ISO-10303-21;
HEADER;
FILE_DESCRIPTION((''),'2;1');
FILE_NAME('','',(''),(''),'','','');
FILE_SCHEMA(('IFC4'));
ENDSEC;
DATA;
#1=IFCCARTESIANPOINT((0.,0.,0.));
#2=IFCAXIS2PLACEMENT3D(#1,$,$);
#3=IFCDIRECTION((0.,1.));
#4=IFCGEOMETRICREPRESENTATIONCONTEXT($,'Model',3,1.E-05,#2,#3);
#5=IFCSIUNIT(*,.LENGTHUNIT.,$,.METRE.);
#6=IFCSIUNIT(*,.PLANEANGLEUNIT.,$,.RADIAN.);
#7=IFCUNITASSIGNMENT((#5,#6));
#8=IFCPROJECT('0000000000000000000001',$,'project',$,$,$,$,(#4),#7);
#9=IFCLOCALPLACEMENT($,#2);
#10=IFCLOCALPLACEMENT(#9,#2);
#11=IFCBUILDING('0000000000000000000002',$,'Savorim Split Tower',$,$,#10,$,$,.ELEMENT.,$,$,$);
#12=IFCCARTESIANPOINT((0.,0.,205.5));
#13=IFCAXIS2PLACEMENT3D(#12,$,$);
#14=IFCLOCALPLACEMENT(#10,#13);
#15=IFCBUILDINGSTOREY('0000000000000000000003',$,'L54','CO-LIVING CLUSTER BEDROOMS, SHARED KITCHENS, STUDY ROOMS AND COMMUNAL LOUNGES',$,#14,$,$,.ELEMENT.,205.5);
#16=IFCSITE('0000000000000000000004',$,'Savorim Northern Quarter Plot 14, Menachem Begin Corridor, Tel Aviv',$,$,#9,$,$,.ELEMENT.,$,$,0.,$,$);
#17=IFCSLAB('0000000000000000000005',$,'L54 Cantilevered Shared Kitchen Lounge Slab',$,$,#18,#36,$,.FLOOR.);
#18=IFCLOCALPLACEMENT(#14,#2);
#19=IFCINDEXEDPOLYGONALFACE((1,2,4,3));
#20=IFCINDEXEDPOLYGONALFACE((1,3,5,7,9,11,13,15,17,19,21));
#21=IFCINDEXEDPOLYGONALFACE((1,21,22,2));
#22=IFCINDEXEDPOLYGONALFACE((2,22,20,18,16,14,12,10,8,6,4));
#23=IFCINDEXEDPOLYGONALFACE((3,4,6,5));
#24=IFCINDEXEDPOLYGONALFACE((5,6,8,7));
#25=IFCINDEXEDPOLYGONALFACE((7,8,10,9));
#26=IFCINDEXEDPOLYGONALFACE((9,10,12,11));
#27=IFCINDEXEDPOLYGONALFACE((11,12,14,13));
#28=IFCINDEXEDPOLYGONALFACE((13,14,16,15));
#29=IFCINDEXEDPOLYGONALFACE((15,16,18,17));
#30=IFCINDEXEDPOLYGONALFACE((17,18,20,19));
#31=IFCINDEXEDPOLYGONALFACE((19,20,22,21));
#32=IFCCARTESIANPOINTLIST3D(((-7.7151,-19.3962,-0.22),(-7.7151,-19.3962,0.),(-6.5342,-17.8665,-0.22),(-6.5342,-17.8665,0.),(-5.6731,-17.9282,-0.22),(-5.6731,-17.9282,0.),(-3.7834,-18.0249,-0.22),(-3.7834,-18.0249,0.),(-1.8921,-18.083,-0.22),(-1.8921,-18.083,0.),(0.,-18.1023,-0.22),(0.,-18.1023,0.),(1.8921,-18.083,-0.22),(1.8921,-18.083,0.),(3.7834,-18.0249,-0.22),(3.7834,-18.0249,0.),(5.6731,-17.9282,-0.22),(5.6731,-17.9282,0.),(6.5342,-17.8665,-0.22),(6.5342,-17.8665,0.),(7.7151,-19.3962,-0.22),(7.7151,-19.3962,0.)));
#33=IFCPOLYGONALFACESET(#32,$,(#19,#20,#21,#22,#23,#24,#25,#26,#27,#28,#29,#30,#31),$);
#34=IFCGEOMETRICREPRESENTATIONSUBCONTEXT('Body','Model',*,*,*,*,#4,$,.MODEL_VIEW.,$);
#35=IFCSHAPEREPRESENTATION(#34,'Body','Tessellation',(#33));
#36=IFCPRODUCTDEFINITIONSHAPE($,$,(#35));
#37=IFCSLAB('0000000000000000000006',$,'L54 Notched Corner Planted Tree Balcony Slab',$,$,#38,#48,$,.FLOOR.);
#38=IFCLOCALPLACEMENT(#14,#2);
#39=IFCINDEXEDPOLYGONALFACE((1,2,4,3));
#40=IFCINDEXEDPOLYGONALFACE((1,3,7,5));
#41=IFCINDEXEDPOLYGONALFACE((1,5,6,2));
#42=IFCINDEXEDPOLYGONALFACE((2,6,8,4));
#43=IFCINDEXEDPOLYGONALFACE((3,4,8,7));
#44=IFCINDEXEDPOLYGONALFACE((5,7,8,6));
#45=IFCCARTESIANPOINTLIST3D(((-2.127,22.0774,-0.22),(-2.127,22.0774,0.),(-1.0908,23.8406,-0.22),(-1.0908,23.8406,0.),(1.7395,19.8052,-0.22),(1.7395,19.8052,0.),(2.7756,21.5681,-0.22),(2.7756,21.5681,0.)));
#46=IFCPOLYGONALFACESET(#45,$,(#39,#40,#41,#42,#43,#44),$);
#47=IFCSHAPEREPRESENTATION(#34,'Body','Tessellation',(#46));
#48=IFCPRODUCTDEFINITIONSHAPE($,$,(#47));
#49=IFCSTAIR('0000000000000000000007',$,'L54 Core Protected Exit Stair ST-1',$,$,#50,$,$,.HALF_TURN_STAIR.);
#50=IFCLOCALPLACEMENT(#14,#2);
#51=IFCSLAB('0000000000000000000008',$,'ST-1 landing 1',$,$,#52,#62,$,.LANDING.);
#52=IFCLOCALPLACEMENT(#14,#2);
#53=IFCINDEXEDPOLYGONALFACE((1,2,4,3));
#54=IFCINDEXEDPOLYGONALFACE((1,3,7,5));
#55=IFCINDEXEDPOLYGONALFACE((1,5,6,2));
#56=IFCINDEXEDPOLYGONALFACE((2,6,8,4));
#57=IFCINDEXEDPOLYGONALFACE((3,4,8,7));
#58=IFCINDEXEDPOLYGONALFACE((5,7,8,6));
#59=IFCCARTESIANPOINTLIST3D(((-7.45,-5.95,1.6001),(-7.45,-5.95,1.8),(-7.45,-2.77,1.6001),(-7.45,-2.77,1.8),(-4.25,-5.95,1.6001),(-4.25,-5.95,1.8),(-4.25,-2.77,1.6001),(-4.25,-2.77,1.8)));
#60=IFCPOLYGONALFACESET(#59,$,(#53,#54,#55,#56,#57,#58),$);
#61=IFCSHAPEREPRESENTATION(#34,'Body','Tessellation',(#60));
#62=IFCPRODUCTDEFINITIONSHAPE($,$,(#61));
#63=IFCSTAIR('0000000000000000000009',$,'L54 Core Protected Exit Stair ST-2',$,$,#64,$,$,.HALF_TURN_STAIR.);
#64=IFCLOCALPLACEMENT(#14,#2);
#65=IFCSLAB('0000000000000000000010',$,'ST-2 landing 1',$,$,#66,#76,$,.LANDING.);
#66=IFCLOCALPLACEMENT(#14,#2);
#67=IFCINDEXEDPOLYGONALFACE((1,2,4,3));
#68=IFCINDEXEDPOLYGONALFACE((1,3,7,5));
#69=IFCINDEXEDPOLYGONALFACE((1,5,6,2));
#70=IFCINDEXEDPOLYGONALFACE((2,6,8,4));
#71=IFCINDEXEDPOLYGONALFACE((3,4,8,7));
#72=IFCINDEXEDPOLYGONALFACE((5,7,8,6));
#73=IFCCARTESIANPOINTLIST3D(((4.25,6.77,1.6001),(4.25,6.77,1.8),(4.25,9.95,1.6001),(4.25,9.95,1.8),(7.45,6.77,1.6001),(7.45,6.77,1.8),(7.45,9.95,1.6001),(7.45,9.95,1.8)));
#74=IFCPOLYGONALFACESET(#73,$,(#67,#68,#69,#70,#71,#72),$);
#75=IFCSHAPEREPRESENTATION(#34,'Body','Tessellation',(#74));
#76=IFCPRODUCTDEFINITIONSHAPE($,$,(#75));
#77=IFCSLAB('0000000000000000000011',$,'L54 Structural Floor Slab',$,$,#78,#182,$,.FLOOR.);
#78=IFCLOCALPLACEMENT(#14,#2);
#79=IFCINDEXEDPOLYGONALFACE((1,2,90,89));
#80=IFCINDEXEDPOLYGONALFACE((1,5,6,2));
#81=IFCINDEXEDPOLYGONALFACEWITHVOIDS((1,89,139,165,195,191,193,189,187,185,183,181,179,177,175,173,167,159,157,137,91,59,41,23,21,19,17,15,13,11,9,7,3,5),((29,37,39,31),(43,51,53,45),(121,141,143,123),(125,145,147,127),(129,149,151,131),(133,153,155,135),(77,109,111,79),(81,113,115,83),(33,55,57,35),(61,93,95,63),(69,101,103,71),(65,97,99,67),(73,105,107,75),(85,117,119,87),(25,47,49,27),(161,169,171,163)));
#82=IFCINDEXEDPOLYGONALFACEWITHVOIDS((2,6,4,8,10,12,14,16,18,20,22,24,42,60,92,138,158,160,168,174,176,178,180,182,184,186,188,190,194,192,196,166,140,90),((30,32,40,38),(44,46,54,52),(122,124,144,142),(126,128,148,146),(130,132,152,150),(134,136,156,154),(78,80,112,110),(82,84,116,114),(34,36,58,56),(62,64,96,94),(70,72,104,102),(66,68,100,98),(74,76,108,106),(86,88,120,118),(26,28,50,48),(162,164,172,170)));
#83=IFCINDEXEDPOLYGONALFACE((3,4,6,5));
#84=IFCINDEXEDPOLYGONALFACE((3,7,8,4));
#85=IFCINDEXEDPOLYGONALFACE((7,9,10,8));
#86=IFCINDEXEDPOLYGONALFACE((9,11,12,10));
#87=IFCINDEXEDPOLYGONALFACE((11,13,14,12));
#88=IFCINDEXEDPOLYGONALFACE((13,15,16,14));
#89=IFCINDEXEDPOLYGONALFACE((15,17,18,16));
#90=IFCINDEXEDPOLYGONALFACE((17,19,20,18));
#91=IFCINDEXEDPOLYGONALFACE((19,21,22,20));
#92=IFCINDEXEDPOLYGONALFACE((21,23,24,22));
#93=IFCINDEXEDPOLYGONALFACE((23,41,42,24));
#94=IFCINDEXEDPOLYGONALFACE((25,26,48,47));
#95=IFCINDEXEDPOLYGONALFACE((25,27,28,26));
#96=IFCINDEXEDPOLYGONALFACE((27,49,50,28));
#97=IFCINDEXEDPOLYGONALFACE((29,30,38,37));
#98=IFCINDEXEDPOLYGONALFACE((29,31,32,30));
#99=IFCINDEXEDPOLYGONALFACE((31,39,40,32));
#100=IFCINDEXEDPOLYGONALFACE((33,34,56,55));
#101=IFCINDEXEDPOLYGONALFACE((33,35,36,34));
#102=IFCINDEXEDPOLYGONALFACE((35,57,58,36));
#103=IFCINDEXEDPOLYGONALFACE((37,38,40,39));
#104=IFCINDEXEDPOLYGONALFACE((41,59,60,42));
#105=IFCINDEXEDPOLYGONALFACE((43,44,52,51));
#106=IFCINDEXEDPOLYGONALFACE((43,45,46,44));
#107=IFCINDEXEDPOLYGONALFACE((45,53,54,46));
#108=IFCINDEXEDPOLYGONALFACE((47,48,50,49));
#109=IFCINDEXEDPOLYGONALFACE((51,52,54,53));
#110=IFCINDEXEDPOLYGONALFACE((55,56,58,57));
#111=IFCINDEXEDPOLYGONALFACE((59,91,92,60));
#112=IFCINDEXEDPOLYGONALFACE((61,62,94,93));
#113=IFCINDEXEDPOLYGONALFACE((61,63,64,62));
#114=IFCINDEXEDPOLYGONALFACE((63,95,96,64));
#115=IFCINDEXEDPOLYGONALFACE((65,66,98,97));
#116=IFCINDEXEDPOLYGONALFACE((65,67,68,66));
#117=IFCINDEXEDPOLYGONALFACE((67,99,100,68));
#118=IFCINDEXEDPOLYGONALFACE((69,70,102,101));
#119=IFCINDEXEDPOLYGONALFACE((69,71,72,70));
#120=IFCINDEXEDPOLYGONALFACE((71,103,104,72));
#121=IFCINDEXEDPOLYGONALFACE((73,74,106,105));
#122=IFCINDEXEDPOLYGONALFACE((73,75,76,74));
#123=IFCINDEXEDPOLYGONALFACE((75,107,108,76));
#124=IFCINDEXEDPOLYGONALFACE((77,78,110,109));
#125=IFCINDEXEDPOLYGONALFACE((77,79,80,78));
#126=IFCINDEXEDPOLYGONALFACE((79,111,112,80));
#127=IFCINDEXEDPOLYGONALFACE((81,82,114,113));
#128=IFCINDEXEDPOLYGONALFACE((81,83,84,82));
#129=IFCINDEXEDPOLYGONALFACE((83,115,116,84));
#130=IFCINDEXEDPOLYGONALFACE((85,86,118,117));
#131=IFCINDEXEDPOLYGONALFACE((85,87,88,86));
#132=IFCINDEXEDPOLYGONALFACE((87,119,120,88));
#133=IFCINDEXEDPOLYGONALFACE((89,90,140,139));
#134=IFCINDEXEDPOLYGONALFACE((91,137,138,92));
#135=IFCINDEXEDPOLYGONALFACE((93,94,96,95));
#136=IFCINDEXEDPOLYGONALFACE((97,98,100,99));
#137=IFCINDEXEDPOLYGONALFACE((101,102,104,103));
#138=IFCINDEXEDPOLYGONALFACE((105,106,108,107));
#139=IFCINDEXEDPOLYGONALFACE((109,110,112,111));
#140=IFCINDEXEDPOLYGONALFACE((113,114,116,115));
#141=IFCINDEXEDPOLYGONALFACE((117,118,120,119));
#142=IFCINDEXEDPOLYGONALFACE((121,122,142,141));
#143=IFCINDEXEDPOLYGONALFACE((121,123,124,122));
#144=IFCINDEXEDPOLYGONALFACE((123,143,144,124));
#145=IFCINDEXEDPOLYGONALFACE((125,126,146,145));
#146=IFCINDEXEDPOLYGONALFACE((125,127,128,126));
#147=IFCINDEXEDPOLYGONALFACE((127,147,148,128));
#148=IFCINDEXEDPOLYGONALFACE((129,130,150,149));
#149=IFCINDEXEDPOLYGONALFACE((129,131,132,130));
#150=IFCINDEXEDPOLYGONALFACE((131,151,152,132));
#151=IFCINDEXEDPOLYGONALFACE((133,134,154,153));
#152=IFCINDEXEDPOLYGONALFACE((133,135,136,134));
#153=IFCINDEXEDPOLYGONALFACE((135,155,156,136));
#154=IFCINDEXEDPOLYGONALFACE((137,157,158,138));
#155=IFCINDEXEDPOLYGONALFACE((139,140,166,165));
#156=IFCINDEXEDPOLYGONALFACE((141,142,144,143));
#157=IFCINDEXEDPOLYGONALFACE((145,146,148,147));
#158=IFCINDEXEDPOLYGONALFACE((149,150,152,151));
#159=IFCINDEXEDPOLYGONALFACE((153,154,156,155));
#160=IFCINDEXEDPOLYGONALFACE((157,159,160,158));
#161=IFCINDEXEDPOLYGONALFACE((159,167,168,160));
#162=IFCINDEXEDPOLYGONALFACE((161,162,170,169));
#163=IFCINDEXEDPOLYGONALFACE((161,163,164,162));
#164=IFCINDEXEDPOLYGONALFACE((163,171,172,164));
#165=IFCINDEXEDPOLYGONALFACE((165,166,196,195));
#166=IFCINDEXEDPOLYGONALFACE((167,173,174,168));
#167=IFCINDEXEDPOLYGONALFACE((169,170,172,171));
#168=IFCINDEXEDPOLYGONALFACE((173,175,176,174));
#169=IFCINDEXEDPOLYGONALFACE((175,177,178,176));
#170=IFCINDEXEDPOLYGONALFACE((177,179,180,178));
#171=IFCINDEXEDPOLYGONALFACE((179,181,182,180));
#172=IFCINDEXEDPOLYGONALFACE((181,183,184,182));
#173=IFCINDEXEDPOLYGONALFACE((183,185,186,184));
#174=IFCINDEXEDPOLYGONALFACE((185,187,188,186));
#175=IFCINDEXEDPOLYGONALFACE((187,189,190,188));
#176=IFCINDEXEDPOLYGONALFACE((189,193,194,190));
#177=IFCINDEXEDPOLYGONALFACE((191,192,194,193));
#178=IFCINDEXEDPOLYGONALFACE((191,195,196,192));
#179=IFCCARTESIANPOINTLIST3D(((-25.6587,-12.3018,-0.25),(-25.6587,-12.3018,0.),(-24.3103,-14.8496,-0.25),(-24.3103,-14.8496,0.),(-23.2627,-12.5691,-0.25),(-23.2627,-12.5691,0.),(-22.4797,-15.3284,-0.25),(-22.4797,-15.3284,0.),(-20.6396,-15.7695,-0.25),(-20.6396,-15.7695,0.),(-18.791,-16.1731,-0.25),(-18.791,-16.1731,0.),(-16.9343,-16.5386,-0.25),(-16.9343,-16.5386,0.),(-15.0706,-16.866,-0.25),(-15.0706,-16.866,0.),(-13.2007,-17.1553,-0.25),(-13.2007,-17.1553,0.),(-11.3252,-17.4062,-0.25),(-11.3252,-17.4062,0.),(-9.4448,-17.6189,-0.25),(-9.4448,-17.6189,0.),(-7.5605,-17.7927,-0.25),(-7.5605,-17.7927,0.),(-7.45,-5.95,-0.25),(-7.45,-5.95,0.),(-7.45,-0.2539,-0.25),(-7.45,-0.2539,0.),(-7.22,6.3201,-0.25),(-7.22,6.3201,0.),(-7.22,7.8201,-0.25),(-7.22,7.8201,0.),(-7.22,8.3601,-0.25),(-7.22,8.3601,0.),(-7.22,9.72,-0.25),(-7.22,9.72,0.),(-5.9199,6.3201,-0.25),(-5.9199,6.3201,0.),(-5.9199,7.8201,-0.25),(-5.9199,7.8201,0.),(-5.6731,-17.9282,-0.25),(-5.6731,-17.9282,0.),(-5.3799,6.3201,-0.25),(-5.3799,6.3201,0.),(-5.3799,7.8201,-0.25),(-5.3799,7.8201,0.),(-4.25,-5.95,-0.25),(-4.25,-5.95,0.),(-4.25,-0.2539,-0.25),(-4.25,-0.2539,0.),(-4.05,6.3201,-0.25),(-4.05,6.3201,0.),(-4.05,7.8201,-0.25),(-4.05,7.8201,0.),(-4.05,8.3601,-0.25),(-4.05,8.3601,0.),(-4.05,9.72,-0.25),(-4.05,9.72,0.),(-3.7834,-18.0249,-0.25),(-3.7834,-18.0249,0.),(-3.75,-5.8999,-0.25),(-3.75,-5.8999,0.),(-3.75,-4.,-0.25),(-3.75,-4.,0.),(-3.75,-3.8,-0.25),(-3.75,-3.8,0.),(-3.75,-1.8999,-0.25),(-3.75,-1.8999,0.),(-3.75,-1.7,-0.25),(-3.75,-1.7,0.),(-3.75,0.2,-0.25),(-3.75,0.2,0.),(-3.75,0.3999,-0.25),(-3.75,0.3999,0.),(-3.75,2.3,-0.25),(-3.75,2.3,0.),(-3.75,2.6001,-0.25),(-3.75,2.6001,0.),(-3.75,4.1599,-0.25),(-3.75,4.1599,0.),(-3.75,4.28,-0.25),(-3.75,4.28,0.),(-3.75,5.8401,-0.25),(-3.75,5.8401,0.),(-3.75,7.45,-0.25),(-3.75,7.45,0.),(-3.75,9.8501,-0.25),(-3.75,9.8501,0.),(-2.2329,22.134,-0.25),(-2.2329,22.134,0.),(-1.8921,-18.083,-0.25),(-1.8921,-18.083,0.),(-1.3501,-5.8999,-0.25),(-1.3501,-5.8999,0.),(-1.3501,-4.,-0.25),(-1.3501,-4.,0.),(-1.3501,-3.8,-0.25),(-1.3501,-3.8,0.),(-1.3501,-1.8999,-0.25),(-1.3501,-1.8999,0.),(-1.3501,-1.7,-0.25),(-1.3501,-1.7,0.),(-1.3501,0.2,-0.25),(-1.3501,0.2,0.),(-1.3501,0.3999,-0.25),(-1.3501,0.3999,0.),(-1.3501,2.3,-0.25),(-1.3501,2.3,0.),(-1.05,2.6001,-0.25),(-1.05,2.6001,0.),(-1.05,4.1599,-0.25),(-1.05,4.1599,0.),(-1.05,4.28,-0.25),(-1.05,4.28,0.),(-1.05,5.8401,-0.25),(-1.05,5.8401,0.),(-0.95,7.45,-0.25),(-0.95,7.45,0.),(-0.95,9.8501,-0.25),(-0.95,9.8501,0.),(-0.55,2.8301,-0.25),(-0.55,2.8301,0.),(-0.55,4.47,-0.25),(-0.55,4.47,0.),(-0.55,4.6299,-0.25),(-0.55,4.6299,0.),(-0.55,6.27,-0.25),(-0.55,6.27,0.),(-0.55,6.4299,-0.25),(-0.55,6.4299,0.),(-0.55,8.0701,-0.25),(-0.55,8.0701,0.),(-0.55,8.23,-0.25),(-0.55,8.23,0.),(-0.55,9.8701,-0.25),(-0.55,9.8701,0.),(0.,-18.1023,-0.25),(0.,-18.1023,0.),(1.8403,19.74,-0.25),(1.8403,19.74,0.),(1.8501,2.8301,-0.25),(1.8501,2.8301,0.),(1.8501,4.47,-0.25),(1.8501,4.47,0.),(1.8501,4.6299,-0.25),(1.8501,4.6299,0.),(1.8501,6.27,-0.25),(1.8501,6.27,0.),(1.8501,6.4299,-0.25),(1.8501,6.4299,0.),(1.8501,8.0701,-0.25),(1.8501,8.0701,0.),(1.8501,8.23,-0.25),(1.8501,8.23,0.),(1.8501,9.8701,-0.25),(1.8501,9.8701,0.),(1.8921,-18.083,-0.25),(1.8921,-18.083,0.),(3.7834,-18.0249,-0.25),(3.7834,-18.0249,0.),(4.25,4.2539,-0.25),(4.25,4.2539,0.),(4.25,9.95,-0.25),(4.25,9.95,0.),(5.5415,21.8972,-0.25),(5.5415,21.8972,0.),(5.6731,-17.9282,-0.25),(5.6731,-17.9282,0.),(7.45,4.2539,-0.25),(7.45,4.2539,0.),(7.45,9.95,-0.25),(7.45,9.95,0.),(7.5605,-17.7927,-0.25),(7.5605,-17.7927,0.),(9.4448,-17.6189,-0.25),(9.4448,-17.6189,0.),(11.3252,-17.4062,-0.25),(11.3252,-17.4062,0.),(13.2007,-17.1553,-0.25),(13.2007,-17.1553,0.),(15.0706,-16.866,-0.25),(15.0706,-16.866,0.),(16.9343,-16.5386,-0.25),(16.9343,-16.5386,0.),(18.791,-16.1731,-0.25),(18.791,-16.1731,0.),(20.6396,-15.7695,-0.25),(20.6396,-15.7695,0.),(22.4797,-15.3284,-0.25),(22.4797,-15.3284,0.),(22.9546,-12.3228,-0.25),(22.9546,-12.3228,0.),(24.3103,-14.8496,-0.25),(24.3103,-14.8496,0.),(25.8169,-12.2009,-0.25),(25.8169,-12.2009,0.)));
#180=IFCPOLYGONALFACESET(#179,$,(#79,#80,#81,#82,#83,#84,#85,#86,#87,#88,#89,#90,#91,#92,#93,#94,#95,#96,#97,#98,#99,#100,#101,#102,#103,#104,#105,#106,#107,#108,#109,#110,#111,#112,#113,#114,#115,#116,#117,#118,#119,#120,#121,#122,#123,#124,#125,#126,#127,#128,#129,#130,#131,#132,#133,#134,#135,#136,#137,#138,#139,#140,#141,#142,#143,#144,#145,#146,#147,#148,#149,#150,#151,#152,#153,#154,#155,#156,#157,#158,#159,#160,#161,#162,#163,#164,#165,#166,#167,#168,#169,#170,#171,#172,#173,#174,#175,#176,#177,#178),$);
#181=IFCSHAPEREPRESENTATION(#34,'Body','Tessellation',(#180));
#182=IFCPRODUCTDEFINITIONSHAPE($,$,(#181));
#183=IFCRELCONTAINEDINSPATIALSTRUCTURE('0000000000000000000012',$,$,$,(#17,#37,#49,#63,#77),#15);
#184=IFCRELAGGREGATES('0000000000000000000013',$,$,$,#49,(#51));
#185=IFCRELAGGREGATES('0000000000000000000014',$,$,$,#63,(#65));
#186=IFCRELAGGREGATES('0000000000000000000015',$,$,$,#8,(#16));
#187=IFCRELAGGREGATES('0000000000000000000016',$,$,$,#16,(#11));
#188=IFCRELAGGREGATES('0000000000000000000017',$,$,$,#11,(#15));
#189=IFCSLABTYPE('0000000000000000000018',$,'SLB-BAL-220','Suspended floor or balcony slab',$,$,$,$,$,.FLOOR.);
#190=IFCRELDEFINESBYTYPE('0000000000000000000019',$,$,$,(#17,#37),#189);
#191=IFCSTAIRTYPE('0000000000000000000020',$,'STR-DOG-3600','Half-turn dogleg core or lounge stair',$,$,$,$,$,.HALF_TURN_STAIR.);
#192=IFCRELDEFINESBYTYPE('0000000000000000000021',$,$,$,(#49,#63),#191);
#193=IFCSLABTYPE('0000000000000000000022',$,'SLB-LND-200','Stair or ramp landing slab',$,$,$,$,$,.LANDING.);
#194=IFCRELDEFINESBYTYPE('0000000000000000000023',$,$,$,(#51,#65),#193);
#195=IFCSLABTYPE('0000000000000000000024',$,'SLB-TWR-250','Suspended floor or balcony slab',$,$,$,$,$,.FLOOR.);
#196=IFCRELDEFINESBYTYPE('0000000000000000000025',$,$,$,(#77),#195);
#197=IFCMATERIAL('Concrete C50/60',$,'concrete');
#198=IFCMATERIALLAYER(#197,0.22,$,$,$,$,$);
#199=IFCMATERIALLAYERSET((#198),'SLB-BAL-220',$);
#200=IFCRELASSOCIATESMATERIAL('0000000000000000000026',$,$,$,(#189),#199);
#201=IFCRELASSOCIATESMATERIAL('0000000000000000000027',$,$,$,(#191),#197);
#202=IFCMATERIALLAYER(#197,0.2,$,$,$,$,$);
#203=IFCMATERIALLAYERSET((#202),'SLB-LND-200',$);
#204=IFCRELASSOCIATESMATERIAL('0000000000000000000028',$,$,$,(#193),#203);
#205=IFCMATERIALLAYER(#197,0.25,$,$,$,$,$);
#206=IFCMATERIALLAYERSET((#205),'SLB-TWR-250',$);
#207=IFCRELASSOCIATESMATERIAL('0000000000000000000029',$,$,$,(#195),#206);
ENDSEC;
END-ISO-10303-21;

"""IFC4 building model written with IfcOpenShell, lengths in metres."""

from ifc_helpers import new_model, si_unit, direction, frame, origin, place, context, subcontext, project, spatial, polyline, outline, extrude, material, layer, layer_set, type_object, element, aggregate, save


model = new_model("IFC4")

# Units and contexts
model_context = context("Model", 3, precision=1e-05, world=origin(), true_north=direction((0.0, 1.0)))
body_context = subcontext(model_context, "Body", "Model", "MODEL_VIEW")
ifc_project = project(units=[si_unit("LENGTHUNIT", "METRE"), si_unit("PLANEANGLEUNIT", "RADIAN")], contexts=[model_context])

# Site, building, storey
site_placement = place(None, origin())
site = spatial("IfcSite", under=ifc_project, at=site_placement, Name="Savorim Northern Quarter Plot 14, Menachem Begin Corridor, Tel Aviv", CompositionType="ELEMENT", RefElevation=0.0)
building_placement = place(site_placement, origin())
building = spatial("IfcBuilding", under=site, at=building_placement, Name="Savorim Split Tower", CompositionType="ELEMENT")
storey_placement = place(building_placement, frame((0.0, 0.0, 205.5)))
storey = spatial("IfcBuildingStorey", under=building, at=storey_placement, Name="L54", Description="CO-LIVING CLUSTER BEDROOMS, SHARED KITCHENS, STUDY ROOMS AND COMMUNAL LOUNGES", CompositionType="ELEMENT", Elevation=205.5)

# Slabs
ifc_material_1 = material(Name="Concrete C50/60", Category="concrete")
ifc_layer_1 = layer(ifc_material_1, 0.22)
ifc_layer_set_1 = layer_set([ifc_layer_1], Name="SLB-BAL-220")
slab_type_1 = type_object("IfcSlabType", Name="SLB-BAL-220", Description="Suspended floor or balcony slab", PredefinedType="FLOOR", material=ifc_layer_set_1)
slab_1_placement = place(storey_placement, frame((0.0, 0.0, -0.22)))
element("IfcSlab", 1, at=slab_1_placement, inside=storey, type_object=slab_type_1, Name="L54 Cantilevered Shared Kitchen Lounge Slab", PredefinedType="FLOOR", context=body_context, shape_type="SweptSolid", body=[
    extrude(outline(polyline([(6.5342, -17.8665), (5.6731, -17.9282), (3.7834, -18.0249), (1.8921, -18.083), (0.0, -18.1023), (-1.8921, -18.083), (-3.7834, -18.0249), (-5.6731, -17.9282), (-6.5342, -17.8665), (-7.7151, -19.3962), (7.7151, -19.3962), (6.5342, -17.8665)])), origin(), (0.0, 0.0, 1.0), 0.22),
])
slab_2_placement = place(storey_placement, frame((0.0, 0.0, -0.22)))
element("IfcSlab", 2, at=slab_2_placement, inside=storey, type_object=slab_type_1, Name="L54 Notched Corner Planted Tree Balcony Slab", PredefinedType="FLOOR", context=body_context, shape_type="SweptSolid", body=[
    extrude(outline(polyline([(-2.127, 22.0774), (1.7395, 19.8052), (2.7756, 21.5681), (-1.0908, 23.8406), (-2.127, 22.0774)])), origin(), (0.0, 0.0, 1.0), 0.22),
])

# Stairs, slabs
stair_type = type_object("IfcStairType", Name="STR-DOG-3600", Description="Half-turn dogleg core or lounge stair", PredefinedType="HALF_TURN_STAIR", material=ifc_material_1)
stair_1_placement = place(storey_placement, origin())
stair_1 = element("IfcStair", 3, at=stair_1_placement, inside=storey, type_object=stair_type, Name="L54 Core Protected Exit Stair ST-1", PredefinedType="HALF_TURN_STAIR")
ifc_layer_2 = layer(ifc_material_1, 0.2)
ifc_layer_set_2 = layer_set([ifc_layer_2], Name="SLB-LND-200")
slab_type_2 = type_object("IfcSlabType", Name="SLB-LND-200", Description="Stair or ramp landing slab", PredefinedType="LANDING", material=ifc_layer_set_2)
slab_3_placement = place(storey_placement, frame((0.0, 0.0, 1.6001)))
slab_3 = element("IfcSlab", 4, at=slab_3_placement, type_object=slab_type_2, Name="ST-1 landing 1", PredefinedType="LANDING", context=body_context, shape_type="SweptSolid", body=[
    extrude(outline(polyline([(-7.45, -2.77), (-7.45, -5.95), (-4.25, -5.95), (-4.25, -2.77), (-7.45, -2.77)])), origin(), (0.0, 0.0, 1.0), 0.2),
])
aggregate(stair_1, [slab_3])
stair_2_placement = place(storey_placement, origin())
stair_2 = element("IfcStair", 5, at=stair_2_placement, inside=storey, type_object=stair_type, Name="L54 Core Protected Exit Stair ST-2", PredefinedType="HALF_TURN_STAIR")
slab_4_placement = place(storey_placement, frame((0.0, 0.0, 1.6001)))
slab_4 = element("IfcSlab", 6, at=slab_4_placement, type_object=slab_type_2, Name="ST-2 landing 1", PredefinedType="LANDING", context=body_context, shape_type="SweptSolid", body=[
    extrude(outline(polyline([(7.45, 6.77), (7.45, 9.95), (4.25, 9.95), (4.25, 6.77), (7.45, 6.77)])), origin(), (0.0, 0.0, 1.0), 0.2),
])
aggregate(stair_2, [slab_4])

# Slab
ifc_layer_3 = layer(ifc_material_1, 0.25)
ifc_layer_set_3 = layer_set([ifc_layer_3], Name="SLB-TWR-250")
slab_type_3 = type_object("IfcSlabType", Name="SLB-TWR-250", Description="Suspended floor or balcony slab", PredefinedType="FLOOR", material=ifc_layer_set_3)
slab_5_placement = place(storey_placement, frame((0.0, 0.0, -0.25)))
element("IfcSlab", 7, at=slab_5_placement, inside=storey, type_object=slab_type_3, Name="L54 Structural Floor Slab", PredefinedType="FLOOR", context=body_context, shape_type="SweptSolid", body=[
    extrude(outline(polyline([(-24.3103, -14.8496), (-22.4797, -15.3284), (-20.6396, -15.7695), (-18.791, -16.1731), (-16.9343, -16.5386), (-15.0706, -16.866), (-13.2007, -17.1553), (-11.3252, -17.4062), (-9.4448, -17.6189), (-7.5605, -17.7927), (-5.6731, -17.9282), (-3.7834, -18.0249), (-1.8921, -18.083), (0.0, -18.1023), (1.8921, -18.083), (3.7834, -18.0249), (5.6731, -17.9282), (7.5605, -17.7927), (9.4448, -17.6189), (11.3252, -17.4062), (13.2007, -17.1553), (15.0706, -16.866), (16.9343, -16.5386), (18.791, -16.1731), (20.6396, -15.7695), (22.4797, -15.3284), (24.3103, -14.8496), (22.9546, -12.3228), (25.8169, -12.2009), (5.5415, 21.8972), (1.8403, 19.74), (-2.2329, 22.134), (-25.6587, -12.3018), (-23.2627, -12.5691), (-24.3103, -14.8496)]), holes=[polyline([(-7.45, -0.2539), (-7.45, -5.95), (-4.25, -5.95), (-4.25, -0.2539), (-7.45, -0.2539)]), polyline([(7.45, 4.2539), (7.45, 9.95), (4.25, 9.95), (4.25, 4.2539), (7.45, 4.2539)]), polyline([(-3.75, -5.8999), (-1.3501, -5.8999), (-1.3501, -4.0), (-3.75, -4.0), (-3.75, -5.8999)]), polyline([(-3.75, -3.8), (-1.3501, -3.8), (-1.3501, -1.8999), (-3.75, -1.8999), (-3.75, -3.8)]), polyline([(-3.75, -1.7), (-1.3501, -1.7), (-1.3501, 0.2), (-3.75, 0.2), (-3.75, -1.7)]), polyline([(-3.75, 0.3999), (-1.3501, 0.3999), (-1.3501, 2.3), (-3.75, 2.3), (-3.75, 0.3999)]), polyline([(-0.55, 2.8301), (1.8501, 2.8301), (1.8501, 4.47), (-0.55, 4.47), (-0.55, 2.8301)]), polyline([(-0.55, 4.6299), (1.8501, 4.6299), (1.8501, 6.27), (-0.55, 6.27), (-0.55, 4.6299)]), polyline([(-0.55, 6.4299), (1.8501, 6.4299), (1.8501, 8.0701), (-0.55, 8.0701), (-0.55, 6.4299)]), polyline([(-0.55, 8.23), (1.8501, 8.23), (1.8501, 9.8701), (-0.55, 9.8701), (-0.55, 8.23)]), polyline([(-3.75, 2.6001), (-1.05, 2.6001), (-1.05, 4.1599), (-3.75, 4.1599), (-3.75, 2.6001)]), polyline([(-3.75, 4.28), (-1.05, 4.28), (-1.05, 5.8401), (-3.75, 5.8401), (-3.75, 4.28)]), polyline([(-3.75, 7.45), (-0.95, 7.45), (-0.95, 9.8501), (-3.75, 9.8501), (-3.75, 7.45)]), polyline([(-7.22, 6.3201), (-5.9199, 6.3201), (-5.9199, 7.8201), (-7.22, 7.8201), (-7.22, 6.3201)]), polyline([(-5.3799, 6.3201), (-4.05, 6.3201), (-4.05, 7.8201), (-5.3799, 7.8201), (-5.3799, 6.3201)]), polyline([(-7.22, 8.3601), (-4.05, 8.3601), (-4.05, 9.72), (-7.22, 9.72), (-7.22, 8.3601)])]), origin(), (0.0, 0.0, 1.0), 0.25),
])

save(model, "model.ifc")
